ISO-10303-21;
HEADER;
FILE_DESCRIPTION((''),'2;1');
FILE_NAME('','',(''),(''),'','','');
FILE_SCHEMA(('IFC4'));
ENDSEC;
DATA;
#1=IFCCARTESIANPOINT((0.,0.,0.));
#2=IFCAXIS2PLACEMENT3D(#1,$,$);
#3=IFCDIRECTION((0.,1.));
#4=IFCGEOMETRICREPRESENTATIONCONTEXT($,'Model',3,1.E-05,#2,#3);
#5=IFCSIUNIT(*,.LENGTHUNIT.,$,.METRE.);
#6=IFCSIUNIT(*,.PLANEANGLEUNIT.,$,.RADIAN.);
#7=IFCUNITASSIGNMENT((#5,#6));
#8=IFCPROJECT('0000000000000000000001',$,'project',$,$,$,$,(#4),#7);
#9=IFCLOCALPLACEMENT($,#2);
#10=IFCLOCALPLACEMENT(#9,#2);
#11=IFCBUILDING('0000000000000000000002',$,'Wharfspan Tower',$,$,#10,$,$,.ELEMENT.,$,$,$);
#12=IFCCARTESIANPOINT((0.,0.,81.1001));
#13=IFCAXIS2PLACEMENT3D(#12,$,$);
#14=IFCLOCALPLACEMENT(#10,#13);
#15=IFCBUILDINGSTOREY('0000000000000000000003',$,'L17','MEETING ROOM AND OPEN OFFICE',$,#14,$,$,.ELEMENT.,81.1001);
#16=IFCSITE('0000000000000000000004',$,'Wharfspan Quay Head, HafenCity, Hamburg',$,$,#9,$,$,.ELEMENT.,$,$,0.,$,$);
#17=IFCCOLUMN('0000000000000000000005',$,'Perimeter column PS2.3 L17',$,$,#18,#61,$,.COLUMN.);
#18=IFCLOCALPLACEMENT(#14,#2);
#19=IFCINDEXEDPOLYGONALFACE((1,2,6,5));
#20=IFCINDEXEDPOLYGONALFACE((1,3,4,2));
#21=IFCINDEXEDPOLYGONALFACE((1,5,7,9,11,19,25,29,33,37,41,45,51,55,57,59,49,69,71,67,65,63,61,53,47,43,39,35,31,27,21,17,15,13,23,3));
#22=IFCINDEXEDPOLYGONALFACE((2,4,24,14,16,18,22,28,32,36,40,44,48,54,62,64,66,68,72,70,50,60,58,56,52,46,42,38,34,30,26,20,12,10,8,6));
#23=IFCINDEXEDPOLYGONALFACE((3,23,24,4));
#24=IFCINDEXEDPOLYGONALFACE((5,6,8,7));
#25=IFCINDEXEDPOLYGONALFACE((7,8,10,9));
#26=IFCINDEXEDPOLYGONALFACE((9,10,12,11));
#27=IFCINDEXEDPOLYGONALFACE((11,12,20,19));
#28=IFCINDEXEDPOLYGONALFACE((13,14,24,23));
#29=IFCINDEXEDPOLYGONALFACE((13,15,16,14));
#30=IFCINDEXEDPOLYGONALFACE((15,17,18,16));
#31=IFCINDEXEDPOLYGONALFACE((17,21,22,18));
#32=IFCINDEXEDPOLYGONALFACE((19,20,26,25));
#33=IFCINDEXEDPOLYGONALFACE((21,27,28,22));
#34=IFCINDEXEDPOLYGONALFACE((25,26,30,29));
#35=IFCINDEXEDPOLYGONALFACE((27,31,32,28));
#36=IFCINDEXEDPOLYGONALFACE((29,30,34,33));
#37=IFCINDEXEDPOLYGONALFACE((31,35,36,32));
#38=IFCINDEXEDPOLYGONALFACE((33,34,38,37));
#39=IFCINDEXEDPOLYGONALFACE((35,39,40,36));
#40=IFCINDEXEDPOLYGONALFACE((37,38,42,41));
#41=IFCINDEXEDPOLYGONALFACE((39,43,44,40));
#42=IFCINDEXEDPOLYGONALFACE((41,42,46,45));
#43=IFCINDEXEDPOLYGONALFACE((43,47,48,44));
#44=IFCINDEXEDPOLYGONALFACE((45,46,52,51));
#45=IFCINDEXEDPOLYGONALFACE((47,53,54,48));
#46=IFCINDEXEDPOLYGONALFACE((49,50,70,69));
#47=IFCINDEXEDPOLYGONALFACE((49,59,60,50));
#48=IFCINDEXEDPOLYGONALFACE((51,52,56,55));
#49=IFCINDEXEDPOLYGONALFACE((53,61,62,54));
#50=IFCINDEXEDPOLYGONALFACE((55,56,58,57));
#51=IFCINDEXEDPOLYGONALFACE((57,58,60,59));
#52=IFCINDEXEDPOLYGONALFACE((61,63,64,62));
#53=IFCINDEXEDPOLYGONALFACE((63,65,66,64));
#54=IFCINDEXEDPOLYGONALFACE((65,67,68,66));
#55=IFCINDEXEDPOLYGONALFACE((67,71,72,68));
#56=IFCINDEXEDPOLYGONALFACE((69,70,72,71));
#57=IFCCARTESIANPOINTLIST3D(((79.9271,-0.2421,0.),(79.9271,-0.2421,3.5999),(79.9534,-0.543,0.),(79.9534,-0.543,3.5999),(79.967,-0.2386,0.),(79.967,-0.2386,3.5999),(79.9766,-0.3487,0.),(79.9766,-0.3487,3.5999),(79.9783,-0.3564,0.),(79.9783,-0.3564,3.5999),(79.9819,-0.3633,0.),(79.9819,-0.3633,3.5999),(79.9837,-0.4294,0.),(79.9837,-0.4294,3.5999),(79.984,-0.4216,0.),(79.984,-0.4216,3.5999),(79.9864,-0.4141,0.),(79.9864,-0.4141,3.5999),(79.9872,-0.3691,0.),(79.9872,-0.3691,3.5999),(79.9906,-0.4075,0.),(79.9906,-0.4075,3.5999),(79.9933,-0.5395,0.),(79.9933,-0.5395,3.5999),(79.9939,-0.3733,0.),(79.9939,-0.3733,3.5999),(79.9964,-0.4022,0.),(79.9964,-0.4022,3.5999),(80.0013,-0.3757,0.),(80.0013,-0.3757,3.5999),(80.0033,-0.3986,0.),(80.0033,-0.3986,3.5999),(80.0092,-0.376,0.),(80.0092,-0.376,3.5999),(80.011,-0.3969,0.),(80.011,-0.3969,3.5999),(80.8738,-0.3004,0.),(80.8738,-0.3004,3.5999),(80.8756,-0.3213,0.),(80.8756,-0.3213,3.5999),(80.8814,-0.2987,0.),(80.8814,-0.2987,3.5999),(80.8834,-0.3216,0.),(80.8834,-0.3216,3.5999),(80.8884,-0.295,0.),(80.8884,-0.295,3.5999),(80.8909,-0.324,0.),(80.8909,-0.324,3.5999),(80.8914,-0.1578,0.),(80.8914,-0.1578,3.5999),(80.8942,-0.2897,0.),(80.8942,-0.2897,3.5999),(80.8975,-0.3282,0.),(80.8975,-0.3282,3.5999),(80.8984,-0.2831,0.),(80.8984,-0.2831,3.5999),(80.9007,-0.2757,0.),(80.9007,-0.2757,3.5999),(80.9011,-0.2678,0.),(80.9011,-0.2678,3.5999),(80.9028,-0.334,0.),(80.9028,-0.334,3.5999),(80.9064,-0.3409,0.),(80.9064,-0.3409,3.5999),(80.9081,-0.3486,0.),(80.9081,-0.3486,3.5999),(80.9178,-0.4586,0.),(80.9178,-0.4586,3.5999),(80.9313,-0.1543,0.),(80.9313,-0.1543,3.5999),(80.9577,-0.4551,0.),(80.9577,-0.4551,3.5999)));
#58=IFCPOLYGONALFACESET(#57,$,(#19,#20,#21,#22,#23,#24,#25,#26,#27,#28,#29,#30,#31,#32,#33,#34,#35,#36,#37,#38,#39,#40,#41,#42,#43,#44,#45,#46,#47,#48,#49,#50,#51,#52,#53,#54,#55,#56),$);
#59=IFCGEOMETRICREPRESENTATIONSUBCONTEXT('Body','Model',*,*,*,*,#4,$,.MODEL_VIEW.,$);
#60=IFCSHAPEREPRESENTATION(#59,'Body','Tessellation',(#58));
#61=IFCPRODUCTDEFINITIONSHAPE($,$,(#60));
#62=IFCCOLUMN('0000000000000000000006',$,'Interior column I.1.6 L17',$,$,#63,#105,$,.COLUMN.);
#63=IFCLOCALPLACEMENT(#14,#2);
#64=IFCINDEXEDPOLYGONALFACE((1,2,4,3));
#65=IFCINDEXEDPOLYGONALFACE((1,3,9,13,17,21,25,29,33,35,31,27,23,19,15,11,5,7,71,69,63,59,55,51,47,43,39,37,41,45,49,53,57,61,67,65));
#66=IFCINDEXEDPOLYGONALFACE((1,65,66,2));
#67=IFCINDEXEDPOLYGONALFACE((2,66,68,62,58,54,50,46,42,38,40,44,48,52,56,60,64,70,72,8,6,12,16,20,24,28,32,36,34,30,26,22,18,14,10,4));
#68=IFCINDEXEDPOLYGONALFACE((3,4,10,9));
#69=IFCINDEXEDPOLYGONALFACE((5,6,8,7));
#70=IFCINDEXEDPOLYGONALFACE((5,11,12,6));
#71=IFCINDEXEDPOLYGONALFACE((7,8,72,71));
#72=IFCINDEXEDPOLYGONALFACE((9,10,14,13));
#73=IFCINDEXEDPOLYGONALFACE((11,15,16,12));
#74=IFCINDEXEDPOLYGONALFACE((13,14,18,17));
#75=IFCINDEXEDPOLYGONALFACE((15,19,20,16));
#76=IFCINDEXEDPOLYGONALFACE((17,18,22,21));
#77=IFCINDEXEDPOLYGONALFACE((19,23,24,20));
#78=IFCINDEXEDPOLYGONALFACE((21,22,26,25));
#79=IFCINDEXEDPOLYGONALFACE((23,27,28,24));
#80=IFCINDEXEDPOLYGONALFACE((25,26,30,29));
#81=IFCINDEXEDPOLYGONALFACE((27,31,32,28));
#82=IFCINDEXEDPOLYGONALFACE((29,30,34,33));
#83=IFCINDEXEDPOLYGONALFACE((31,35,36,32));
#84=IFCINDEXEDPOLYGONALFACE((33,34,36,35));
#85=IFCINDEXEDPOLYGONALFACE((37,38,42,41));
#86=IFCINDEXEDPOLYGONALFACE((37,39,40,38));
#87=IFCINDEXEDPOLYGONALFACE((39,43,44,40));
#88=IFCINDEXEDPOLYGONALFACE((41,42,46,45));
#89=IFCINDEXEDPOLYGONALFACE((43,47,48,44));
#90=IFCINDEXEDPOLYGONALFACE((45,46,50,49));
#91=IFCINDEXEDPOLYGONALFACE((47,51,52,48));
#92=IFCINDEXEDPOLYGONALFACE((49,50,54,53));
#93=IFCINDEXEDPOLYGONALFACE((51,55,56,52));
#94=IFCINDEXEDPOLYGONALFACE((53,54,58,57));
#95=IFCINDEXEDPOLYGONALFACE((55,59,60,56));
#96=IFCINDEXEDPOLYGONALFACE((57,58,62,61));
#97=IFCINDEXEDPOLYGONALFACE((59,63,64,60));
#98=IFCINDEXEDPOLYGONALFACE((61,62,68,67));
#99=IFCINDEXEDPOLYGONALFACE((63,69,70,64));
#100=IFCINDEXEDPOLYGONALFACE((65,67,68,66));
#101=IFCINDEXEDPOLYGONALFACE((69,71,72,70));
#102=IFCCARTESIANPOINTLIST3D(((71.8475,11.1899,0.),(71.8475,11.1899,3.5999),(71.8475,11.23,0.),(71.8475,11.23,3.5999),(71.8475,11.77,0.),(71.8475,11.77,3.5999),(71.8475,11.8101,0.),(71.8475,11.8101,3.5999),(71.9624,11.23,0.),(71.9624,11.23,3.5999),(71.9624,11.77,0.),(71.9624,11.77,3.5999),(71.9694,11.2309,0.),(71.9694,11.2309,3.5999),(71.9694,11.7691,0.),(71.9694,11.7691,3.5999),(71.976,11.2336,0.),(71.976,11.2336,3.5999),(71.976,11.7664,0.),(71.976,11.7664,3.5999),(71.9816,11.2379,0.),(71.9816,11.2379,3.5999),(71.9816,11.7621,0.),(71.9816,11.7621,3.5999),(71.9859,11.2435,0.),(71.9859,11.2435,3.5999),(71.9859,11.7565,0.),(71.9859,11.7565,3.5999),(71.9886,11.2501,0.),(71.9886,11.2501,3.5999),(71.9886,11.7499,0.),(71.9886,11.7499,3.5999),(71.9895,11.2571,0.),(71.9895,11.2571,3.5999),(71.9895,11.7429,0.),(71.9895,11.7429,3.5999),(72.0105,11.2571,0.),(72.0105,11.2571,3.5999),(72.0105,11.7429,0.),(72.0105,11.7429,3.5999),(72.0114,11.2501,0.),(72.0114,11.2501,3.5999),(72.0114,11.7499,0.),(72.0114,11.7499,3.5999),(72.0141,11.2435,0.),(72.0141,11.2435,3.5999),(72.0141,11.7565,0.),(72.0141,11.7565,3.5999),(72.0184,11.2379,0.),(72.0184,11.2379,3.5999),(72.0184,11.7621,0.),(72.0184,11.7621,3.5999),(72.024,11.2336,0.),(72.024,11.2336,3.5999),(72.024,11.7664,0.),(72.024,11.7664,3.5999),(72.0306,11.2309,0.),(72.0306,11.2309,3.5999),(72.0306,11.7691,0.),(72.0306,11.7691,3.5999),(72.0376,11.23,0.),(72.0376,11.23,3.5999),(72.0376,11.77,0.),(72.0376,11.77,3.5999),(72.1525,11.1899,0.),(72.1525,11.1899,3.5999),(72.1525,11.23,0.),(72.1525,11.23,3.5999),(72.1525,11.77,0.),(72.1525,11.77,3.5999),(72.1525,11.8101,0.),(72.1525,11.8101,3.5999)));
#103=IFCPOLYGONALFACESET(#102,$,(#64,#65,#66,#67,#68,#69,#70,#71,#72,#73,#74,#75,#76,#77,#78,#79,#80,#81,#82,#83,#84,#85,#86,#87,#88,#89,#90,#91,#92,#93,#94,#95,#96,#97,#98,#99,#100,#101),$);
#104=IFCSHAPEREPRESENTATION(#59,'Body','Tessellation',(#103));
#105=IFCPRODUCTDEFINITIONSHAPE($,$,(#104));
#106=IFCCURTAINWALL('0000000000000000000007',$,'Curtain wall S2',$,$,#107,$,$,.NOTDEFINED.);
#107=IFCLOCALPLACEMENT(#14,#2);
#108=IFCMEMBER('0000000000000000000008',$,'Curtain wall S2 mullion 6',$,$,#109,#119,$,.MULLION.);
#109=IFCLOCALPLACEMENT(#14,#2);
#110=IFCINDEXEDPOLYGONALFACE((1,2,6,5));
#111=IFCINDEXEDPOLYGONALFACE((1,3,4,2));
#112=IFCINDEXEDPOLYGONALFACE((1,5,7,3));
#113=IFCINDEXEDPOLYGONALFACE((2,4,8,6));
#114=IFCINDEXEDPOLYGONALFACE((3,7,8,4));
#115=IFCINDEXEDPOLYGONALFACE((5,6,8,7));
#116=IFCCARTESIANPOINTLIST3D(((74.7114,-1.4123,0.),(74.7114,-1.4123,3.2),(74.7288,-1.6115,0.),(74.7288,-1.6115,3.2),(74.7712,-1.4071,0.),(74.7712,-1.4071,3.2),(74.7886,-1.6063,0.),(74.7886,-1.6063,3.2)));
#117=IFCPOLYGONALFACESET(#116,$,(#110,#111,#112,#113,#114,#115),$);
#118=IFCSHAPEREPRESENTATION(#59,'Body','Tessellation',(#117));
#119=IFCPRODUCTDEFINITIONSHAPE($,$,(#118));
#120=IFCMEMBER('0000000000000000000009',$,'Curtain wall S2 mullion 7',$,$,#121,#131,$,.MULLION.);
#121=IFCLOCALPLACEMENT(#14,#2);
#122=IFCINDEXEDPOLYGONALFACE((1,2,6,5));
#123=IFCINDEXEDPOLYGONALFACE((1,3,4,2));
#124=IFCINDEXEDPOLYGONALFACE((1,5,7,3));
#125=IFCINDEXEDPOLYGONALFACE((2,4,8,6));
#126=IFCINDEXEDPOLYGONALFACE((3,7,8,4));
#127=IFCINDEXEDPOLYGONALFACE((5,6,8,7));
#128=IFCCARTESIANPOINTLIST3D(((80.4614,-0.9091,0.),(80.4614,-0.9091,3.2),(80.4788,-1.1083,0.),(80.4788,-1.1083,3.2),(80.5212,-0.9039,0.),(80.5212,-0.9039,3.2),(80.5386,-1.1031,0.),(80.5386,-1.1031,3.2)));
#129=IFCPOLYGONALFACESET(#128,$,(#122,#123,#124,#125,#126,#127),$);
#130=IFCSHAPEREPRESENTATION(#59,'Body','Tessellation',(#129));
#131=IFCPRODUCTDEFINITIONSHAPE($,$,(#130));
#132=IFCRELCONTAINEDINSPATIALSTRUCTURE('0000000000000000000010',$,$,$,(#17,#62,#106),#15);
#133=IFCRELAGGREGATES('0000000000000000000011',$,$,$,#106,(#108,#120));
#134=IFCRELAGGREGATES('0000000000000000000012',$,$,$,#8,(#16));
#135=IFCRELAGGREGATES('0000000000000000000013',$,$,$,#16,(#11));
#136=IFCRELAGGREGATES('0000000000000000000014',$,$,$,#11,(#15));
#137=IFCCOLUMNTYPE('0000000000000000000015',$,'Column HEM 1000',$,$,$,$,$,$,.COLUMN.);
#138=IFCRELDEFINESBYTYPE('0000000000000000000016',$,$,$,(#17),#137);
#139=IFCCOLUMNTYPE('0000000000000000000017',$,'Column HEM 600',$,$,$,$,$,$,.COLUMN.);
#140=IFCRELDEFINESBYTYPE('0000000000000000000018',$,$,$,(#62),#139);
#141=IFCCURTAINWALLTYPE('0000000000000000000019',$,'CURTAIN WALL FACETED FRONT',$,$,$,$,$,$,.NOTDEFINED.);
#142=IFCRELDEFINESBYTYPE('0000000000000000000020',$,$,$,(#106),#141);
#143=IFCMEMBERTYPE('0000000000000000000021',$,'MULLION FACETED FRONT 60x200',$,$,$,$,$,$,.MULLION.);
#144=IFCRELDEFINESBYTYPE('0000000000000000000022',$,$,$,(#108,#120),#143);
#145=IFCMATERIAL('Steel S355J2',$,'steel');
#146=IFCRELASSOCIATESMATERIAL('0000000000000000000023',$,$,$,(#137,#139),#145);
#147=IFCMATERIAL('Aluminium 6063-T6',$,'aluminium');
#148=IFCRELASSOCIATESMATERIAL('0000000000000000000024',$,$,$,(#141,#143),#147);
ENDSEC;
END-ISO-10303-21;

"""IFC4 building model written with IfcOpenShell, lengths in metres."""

from ifc_helpers import new_model, si_unit, direction, frame, origin, origin_2d, place, context, subcontext, project, spatial, rectangle, i_section, extrude, material, material_profile, profile_set, type_object, element, aggregate, save


model = new_model("IFC4")

# Units and contexts
model_context = context("Model", 3, precision=1e-05, world=origin(), true_north=direction((0.0, 1.0)))
body_context = subcontext(model_context, "Body", "Model", "MODEL_VIEW")
ifc_project = project(units=[si_unit("LENGTHUNIT", "METRE"), si_unit("PLANEANGLEUNIT", "RADIAN")], contexts=[model_context])

# Site, building, storey
site_placement = place(None, origin())
site = spatial("IfcSite", under=ifc_project, at=site_placement, Name="Wharfspan Quay Head, HafenCity, Hamburg", CompositionType="ELEMENT", RefElevation=0.0)
building_placement = place(site_placement, origin())
building = spatial("IfcBuilding", under=site, at=building_placement, Name="Wharfspan Tower", CompositionType="ELEMENT")
storey_placement = place(building_placement, frame((0.0, 0.0, 81.1001)))
storey = spatial("IfcBuildingStorey", under=building, at=storey_placement, Name="L17", Description="MEETING ROOM AND OPEN OFFICE", CompositionType="ELEMENT", Elevation=81.1001)

# Columns
ifc_material_1 = material(Name="Steel S355J2", Category="steel")
ifc_material_profile_1 = material_profile(ifc_material_1, i_section(OverallWidth=0.302, OverallDepth=1.0081, WebThickness=0.021, FlangeThickness=0.04, FilletRadius=0.03, at=origin_2d()))
ifc_profile_set_1 = profile_set([ifc_material_profile_1], Name="Steel S355J2")
column_type_1 = type_object("IfcColumnType", Name="Column HEM 1000", PredefinedType="COLUMN", material=ifc_profile_set_1)
column_1_placement = place(storey_placement, frame((80.4424, -0.3486, 0.0), z_axis=(0.0, 0.0, 1.0), x_axis=(0.087156, -0.996198, 0.0)))
element("IfcColumn", 1, at=column_1_placement, inside=storey, type_object=column_type_1, Name="Perimeter column PS2.3 L17", PredefinedType="COLUMN", context=body_context, shape_type="SweptSolid", body=[
    extrude(i_section(OverallWidth=0.302, OverallDepth=1.0081, WebThickness=0.021, FlangeThickness=0.04, FilletRadius=0.03, at=origin_2d()), origin(), (0.0, 0.0, 1.0), 3.5999),
])
ifc_material_profile_2 = material_profile(ifc_material_1, i_section(OverallWidth=0.3049, OverallDepth=0.6201, WebThickness=0.021, FlangeThickness=0.04, FilletRadius=0.0271, at=origin_2d()))
ifc_profile_set_2 = profile_set([ifc_material_profile_2], Name="Steel S355J2")
column_type_2 = type_object("IfcColumnType", Name="Column HEM 600", PredefinedType="COLUMN", material=ifc_profile_set_2)
column_2_placement = place(storey_placement, frame((72.0, 11.5, 0.0), z_axis=(0.0, 0.0, 1.0), x_axis=(1.0, 0.0, 0.0)))
element("IfcColumn", 2, at=column_2_placement, inside=storey, type_object=column_type_2, Name="Interior column I.1.6 L17", PredefinedType="COLUMN", context=body_context, shape_type="SweptSolid", body=[
    extrude(i_section(OverallWidth=0.3049, OverallDepth=0.6201, WebThickness=0.021, FlangeThickness=0.04, FilletRadius=0.0271, at=origin_2d()), origin(), (0.0, 0.0, 1.0), 3.5999),
])

# Curtain wall, members
ifc_material_2 = material(Name="Aluminium 6063-T6", Category="aluminium")
curtain_wall_type = type_object("IfcCurtainWallType", Name="CURTAIN WALL FACETED FRONT", PredefinedType="NOTDEFINED", material=ifc_material_2)
curtain_wall_placement = place(storey_placement, origin())
curtain_wall = element("IfcCurtainWall", 3, at=curtain_wall_placement, inside=storey, type_object=curtain_wall_type, Name="Curtain wall S2", PredefinedType="NOTDEFINED")
ifc_material_profile_3 = material_profile(ifc_material_2, rectangle(XDim=0.2, YDim=0.0601, at=origin_2d()))
ifc_profile_set_3 = profile_set([ifc_material_profile_3], Name="Aluminium 6063-T6")
member_type_1 = type_object("IfcMemberType", Name="MULLION FACETED FRONT 60x200", PredefinedType="MULLION", material=ifc_profile_set_3)
member_1_placement = place(storey_placement, frame((74.75, -1.5093, 0.0), z_axis=(0.0, 0.0, 1.0), x_axis=(-0.087156, 0.996197, 0.0)))
member_1 = element("IfcMember", 4, at=member_1_placement, type_object=member_type_1, Name="Curtain wall S2 mullion 6", PredefinedType="MULLION", context=body_context, shape_type="SweptSolid", body=[
    extrude(rectangle(XDim=0.2, YDim=0.0601, at=origin_2d()), origin(), (0.0, 0.0, 1.0), 3.2),
])
member_2_placement = place(storey_placement, frame((80.5, -1.0061, 0.0), z_axis=(0.0, 0.0, 1.0), x_axis=(-0.087156, 0.996197, 0.0)))
member_2 = element("IfcMember", 5, at=member_2_placement, type_object=member_type_1, Name="Curtain wall S2 mullion 7", PredefinedType="MULLION", context=body_context, shape_type="SweptSolid", body=[
    extrude(rectangle(XDim=0.2, YDim=0.0601, at=origin_2d()), origin(), (0.0, 0.0, 1.0), 3.2),
])

aggregate(curtain_wall, [member_1, member_2])

save(model, "model.ifc")
